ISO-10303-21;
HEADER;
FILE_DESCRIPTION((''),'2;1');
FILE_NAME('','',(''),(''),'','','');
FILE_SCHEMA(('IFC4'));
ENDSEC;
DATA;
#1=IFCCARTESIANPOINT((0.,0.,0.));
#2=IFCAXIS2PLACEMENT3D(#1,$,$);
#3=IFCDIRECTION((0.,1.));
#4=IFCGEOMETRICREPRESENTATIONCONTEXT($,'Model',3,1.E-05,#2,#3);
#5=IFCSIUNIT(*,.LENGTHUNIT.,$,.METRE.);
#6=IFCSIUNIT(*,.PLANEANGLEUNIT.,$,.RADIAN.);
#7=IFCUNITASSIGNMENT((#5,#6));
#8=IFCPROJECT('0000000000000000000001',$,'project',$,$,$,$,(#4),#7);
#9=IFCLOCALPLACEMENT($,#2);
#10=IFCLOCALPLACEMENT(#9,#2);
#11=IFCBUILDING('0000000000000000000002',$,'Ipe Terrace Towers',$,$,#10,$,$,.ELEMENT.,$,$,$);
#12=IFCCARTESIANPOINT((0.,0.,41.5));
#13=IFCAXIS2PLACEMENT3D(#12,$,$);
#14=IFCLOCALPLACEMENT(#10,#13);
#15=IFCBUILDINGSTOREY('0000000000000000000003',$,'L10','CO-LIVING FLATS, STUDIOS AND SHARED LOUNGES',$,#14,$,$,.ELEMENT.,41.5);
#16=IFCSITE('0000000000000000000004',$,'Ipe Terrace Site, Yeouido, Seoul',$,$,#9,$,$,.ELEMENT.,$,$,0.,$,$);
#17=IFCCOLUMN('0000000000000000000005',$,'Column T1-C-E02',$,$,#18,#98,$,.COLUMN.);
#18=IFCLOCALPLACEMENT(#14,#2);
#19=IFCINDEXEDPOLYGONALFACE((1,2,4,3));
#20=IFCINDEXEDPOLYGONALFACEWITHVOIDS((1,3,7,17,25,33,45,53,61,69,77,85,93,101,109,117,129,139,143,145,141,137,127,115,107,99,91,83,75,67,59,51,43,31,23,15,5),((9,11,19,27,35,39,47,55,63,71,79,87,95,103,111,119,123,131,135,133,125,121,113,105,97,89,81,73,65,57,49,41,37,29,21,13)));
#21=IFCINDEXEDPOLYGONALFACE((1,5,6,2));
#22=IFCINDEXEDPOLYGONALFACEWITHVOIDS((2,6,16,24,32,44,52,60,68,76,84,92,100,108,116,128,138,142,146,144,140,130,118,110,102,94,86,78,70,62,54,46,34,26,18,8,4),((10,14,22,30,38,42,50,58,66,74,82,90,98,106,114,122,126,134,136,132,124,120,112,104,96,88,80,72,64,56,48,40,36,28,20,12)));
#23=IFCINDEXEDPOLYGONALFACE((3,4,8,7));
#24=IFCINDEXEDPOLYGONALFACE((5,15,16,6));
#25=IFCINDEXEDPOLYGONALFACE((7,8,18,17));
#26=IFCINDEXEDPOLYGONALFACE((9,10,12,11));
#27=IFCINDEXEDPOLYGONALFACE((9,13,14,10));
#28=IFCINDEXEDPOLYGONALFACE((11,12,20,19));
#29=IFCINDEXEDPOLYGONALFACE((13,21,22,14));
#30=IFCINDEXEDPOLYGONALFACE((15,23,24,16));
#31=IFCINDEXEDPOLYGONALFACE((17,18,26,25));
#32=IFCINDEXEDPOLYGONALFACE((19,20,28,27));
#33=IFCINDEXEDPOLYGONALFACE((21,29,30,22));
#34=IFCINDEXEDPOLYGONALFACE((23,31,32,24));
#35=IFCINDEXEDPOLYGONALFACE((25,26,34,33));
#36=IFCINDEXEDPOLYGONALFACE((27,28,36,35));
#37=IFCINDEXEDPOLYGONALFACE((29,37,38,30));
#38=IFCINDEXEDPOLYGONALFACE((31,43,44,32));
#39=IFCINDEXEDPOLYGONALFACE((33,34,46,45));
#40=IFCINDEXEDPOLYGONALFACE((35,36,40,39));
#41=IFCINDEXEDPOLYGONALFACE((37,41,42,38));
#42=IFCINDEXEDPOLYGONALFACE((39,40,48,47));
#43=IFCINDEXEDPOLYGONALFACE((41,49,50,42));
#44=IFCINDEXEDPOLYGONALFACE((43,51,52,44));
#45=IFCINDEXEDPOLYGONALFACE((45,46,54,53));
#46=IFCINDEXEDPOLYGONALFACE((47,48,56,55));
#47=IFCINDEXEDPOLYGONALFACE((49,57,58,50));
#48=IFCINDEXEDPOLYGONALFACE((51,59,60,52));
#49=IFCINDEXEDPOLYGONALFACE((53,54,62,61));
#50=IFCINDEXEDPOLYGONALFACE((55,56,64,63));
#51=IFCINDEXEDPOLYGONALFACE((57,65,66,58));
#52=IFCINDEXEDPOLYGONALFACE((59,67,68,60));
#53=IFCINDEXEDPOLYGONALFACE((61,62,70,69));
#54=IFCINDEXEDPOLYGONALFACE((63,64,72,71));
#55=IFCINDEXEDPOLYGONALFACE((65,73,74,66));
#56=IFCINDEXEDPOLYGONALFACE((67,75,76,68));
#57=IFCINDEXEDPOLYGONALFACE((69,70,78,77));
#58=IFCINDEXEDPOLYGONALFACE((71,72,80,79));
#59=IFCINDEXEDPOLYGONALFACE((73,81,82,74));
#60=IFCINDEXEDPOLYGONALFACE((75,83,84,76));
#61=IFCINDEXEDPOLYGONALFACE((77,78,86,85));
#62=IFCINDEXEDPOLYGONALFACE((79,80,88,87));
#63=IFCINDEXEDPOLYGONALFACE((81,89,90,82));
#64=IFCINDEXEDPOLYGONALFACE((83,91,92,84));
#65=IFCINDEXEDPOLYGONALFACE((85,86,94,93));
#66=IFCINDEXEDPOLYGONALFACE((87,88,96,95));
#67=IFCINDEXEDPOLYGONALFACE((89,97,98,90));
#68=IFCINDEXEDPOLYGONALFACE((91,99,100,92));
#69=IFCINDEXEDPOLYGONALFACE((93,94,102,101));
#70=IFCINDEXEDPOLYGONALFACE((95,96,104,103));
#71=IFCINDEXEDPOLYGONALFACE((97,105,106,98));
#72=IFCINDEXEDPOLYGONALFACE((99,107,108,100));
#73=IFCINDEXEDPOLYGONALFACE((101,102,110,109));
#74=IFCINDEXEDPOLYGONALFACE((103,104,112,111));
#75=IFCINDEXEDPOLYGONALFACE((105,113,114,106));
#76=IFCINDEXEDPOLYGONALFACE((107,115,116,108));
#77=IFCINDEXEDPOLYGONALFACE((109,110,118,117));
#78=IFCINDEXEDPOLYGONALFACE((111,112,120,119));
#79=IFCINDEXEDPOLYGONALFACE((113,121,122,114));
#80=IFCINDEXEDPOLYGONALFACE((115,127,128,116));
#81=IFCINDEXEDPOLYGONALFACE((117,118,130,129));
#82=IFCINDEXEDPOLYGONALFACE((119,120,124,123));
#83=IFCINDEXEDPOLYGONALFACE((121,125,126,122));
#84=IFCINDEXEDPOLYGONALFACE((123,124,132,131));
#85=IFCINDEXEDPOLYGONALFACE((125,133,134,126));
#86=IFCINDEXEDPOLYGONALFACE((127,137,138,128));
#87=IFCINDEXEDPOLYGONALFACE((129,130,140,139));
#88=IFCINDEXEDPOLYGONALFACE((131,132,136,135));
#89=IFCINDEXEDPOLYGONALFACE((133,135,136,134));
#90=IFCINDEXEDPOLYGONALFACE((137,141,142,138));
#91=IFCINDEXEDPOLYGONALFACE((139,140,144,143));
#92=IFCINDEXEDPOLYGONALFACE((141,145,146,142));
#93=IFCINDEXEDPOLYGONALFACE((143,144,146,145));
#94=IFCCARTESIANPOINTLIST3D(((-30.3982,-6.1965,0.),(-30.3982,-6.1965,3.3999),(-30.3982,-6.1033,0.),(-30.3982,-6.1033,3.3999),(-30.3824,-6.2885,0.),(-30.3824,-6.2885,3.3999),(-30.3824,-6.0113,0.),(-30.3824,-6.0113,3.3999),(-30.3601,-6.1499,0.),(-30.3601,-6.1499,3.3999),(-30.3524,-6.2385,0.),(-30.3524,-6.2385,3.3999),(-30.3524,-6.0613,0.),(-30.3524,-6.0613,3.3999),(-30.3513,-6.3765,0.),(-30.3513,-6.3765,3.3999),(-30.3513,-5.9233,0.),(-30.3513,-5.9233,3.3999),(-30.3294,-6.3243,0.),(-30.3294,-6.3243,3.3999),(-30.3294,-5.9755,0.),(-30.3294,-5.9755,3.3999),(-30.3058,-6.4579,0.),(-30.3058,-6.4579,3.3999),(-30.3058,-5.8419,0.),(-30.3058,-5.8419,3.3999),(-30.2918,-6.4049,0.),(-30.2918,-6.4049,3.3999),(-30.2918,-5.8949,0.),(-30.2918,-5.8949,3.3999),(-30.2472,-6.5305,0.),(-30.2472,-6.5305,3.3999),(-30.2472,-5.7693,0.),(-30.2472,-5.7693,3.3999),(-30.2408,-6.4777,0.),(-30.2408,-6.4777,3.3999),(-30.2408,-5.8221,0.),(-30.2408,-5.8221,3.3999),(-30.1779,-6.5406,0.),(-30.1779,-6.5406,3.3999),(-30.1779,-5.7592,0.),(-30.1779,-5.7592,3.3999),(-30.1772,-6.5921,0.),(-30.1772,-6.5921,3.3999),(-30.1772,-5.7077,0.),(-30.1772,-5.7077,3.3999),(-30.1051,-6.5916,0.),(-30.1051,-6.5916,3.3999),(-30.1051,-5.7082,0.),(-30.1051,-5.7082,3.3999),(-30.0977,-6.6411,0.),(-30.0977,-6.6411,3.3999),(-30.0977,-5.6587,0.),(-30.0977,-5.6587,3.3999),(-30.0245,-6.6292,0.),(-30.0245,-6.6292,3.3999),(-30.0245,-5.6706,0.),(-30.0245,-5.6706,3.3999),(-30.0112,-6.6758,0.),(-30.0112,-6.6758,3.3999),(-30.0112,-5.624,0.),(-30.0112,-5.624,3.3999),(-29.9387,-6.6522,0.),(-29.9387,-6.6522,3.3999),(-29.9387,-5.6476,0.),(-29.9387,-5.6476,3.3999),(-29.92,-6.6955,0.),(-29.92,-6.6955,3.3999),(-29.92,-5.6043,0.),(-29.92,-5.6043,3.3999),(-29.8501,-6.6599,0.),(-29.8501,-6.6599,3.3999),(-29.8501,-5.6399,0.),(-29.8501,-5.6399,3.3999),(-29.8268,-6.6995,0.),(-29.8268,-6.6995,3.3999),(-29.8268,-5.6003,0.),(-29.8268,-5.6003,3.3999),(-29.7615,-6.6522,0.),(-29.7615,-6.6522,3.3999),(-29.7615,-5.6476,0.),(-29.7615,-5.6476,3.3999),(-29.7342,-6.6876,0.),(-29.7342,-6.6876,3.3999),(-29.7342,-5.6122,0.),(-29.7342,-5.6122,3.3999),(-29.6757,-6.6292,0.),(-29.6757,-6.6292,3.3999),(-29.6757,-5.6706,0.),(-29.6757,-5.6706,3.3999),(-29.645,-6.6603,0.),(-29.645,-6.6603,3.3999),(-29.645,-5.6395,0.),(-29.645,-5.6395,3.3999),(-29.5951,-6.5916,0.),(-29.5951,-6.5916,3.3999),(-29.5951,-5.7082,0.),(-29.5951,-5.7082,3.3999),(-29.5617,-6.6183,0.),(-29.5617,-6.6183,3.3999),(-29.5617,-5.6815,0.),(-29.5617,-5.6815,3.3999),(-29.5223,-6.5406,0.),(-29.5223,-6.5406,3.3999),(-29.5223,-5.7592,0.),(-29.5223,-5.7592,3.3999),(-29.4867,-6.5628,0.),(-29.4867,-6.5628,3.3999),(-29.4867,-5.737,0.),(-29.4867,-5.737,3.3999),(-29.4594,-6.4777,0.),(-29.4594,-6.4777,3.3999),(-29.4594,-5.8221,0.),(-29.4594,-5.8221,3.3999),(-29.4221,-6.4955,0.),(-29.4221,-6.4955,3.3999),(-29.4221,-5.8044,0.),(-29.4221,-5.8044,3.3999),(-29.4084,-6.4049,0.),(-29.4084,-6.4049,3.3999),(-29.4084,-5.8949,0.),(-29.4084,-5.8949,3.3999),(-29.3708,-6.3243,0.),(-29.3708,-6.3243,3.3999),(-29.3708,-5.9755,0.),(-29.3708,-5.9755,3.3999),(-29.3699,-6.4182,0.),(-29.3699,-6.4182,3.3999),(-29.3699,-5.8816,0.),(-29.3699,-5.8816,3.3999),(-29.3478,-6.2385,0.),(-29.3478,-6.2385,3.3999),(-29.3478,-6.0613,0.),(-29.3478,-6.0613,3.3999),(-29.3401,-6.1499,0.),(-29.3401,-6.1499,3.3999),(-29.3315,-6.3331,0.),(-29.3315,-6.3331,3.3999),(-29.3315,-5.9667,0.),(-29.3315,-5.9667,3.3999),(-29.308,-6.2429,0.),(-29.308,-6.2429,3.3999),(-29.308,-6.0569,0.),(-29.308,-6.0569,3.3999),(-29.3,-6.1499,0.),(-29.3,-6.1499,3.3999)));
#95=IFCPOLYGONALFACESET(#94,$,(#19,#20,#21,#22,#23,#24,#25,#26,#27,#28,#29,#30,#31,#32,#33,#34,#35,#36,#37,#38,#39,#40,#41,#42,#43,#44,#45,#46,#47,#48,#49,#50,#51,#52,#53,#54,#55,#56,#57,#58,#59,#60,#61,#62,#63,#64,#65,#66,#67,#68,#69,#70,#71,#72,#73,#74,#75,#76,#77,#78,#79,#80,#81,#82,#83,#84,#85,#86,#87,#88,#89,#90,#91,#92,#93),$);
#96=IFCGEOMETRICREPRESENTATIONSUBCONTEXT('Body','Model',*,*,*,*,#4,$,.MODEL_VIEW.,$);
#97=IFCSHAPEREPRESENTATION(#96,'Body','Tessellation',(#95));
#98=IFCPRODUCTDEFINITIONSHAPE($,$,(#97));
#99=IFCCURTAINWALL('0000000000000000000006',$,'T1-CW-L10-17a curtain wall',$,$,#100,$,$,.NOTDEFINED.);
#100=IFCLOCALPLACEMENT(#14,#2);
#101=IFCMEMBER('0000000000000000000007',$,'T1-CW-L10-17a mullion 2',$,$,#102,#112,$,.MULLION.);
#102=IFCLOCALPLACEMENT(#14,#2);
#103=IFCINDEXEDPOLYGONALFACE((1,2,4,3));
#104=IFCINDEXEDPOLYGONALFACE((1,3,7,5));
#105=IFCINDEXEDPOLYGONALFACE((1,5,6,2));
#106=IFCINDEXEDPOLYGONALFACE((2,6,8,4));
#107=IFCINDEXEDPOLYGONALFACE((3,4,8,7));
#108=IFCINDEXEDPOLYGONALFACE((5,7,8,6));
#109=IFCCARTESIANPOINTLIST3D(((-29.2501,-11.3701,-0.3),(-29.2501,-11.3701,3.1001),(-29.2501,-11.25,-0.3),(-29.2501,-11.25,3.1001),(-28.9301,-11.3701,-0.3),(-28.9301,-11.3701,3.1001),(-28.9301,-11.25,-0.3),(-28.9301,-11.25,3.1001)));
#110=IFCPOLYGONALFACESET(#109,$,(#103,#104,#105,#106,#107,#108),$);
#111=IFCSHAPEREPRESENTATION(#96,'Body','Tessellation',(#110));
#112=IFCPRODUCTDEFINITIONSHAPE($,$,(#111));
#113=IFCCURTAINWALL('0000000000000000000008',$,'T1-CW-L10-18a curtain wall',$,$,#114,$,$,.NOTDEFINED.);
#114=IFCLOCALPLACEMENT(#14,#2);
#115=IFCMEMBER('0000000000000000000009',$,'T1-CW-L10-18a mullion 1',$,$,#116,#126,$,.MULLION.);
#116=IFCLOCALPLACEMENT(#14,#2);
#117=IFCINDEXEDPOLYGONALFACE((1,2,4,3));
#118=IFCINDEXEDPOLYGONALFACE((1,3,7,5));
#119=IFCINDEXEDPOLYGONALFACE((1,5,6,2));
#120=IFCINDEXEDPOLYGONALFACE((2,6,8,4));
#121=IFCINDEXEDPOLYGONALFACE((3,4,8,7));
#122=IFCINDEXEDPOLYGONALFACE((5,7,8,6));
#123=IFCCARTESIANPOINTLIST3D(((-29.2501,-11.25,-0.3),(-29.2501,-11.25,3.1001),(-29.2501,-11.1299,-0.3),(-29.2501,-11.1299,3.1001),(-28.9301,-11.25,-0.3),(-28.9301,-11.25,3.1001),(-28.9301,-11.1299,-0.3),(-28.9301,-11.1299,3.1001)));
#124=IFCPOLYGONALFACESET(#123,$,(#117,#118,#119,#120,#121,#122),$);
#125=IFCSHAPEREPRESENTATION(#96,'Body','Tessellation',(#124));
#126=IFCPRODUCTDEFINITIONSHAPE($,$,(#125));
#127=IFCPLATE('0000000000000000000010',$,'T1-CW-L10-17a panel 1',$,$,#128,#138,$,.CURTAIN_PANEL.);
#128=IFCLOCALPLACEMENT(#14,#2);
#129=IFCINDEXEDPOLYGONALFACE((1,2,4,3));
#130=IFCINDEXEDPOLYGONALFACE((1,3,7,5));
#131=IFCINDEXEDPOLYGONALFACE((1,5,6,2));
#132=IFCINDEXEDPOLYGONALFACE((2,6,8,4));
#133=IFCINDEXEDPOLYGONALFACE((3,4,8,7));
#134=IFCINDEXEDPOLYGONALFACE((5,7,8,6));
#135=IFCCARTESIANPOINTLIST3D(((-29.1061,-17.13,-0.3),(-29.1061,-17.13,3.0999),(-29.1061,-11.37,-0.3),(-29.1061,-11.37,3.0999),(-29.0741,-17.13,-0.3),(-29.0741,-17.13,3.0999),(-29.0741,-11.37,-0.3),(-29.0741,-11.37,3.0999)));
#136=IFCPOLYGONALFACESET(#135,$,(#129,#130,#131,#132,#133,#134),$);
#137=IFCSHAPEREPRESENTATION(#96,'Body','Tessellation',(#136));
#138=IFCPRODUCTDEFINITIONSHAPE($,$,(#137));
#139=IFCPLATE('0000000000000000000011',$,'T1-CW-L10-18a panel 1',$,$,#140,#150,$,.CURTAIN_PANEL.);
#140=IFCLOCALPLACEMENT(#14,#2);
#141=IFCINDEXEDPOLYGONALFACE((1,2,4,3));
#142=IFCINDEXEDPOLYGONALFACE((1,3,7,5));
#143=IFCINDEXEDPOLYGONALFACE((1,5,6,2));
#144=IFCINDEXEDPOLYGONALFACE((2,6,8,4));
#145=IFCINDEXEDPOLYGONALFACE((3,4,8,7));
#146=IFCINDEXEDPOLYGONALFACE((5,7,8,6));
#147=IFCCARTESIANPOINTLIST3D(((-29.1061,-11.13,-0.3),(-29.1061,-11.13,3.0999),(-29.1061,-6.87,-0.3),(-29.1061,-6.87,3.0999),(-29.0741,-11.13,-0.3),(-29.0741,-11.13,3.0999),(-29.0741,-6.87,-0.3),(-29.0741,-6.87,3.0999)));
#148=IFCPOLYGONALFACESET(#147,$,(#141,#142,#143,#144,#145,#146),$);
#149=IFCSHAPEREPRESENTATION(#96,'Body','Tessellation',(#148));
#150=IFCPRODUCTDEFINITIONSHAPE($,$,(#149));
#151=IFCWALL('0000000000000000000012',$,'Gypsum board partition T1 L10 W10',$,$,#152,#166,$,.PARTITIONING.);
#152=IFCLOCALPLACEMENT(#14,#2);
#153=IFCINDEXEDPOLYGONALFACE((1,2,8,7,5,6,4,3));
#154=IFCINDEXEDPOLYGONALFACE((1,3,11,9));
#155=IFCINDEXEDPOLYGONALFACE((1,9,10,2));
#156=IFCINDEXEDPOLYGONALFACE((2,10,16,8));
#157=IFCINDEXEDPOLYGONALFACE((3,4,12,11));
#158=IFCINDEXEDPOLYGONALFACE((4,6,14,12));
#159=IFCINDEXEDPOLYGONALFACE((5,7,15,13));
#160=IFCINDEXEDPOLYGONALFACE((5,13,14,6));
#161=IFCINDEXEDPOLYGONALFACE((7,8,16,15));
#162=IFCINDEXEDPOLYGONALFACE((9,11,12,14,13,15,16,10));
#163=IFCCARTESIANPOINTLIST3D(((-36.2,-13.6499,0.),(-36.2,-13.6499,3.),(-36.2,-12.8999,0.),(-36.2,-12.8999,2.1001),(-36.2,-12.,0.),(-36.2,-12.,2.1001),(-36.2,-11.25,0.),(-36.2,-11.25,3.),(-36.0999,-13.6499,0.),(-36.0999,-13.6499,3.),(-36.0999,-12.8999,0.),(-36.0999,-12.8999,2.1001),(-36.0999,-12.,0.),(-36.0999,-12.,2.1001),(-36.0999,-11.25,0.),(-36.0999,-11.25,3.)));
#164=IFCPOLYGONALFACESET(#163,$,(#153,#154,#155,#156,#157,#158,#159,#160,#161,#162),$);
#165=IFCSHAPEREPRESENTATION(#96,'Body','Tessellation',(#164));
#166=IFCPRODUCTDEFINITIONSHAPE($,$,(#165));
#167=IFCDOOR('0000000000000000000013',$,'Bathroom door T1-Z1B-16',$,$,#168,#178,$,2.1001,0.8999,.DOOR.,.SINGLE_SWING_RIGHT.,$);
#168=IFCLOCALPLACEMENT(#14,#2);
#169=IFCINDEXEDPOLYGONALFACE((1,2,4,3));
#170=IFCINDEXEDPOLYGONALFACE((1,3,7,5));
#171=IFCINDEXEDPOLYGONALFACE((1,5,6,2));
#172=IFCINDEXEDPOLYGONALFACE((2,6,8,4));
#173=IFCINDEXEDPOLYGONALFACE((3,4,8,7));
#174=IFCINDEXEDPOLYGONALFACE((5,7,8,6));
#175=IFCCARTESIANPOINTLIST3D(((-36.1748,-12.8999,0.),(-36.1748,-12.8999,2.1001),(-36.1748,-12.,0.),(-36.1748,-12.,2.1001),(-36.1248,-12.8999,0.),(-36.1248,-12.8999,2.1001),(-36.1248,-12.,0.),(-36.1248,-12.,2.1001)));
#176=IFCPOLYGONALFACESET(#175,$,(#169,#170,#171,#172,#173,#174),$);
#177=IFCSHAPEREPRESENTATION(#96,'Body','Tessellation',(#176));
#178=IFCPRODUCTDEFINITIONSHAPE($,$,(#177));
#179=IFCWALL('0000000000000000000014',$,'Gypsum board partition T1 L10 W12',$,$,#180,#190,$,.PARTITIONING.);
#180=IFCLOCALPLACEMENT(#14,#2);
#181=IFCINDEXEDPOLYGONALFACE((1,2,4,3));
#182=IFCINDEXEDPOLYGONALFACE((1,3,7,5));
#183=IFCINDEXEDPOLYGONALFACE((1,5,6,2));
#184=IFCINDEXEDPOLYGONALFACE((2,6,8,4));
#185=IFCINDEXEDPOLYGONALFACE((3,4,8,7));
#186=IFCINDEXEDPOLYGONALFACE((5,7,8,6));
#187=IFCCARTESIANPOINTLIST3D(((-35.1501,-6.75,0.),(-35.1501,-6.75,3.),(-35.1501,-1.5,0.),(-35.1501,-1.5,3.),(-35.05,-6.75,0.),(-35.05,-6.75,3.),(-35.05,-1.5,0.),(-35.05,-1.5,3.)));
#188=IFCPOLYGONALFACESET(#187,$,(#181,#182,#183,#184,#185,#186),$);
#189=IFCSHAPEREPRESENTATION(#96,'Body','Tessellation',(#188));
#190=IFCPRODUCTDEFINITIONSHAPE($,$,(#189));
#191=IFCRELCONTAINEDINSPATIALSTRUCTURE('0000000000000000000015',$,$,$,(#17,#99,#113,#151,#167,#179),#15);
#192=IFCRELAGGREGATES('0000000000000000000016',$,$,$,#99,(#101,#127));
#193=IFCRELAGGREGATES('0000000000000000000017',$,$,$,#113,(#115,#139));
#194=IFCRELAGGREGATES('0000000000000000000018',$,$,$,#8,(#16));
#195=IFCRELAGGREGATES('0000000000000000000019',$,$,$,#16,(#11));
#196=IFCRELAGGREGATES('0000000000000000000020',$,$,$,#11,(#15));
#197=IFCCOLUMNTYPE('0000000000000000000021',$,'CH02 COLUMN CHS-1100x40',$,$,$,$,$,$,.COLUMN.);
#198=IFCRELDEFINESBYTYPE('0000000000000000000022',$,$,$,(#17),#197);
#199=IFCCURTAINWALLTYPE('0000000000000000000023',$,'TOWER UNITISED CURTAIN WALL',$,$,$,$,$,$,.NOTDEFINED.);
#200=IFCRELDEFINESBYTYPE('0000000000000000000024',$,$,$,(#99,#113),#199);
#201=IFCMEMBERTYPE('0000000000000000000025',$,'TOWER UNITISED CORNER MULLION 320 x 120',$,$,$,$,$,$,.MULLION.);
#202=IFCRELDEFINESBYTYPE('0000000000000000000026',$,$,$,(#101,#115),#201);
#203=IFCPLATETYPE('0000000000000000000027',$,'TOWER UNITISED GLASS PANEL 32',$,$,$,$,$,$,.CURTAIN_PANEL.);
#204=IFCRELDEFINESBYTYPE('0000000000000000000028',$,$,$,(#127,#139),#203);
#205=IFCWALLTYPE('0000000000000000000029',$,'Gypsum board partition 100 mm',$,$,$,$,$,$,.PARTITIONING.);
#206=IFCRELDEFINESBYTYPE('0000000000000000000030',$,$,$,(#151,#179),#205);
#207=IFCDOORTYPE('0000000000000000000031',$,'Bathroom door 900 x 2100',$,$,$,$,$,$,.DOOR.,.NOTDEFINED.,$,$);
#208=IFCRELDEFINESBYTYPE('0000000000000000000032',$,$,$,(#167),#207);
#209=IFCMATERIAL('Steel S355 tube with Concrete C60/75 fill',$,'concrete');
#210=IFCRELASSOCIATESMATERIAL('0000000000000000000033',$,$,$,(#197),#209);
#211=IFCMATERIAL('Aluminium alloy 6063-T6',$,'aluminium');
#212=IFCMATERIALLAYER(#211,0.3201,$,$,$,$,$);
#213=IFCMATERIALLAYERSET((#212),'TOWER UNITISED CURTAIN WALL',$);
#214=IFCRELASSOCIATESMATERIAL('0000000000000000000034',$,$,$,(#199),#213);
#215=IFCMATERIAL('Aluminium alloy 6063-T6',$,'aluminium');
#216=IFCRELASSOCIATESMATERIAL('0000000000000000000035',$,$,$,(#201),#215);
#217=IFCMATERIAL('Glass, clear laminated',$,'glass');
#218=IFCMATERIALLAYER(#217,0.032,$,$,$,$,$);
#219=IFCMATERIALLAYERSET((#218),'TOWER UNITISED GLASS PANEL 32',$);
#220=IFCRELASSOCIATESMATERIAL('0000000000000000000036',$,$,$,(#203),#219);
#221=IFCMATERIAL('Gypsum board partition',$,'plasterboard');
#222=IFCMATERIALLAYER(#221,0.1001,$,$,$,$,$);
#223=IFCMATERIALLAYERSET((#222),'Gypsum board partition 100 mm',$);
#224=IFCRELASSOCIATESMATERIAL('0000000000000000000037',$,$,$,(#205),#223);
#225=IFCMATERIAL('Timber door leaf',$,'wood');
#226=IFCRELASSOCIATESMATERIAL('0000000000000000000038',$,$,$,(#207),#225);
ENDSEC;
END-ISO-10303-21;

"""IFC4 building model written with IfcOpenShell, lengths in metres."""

from ifc_helpers import new_model, si_unit, direction, frame, frame_2d, origin, origin_2d, place, context, subcontext, project, spatial, rectangle, hollow_circle, extrude, material, layer, layer_set, material_profile, profile_set, type_object, element, fill, aggregate, save


model = new_model("IFC4")

# Units and contexts
model_context = context("Model", 3, precision=1e-05, world=origin(), true_north=direction((0.0, 1.0)))
body_context = subcontext(model_context, "Body", "Model", "MODEL_VIEW")
ifc_project = project(units=[si_unit("LENGTHUNIT", "METRE"), si_unit("PLANEANGLEUNIT", "RADIAN")], contexts=[model_context])

# Site, building, storey
site_placement = place(None, origin())
site = spatial("IfcSite", under=ifc_project, at=site_placement, Name="Ipe Terrace Site, Yeouido, Seoul", CompositionType="ELEMENT", RefElevation=0.0)
building_placement = place(site_placement, origin())
building = spatial("IfcBuilding", under=site, at=building_placement, Name="Ipe Terrace Towers", CompositionType="ELEMENT")
storey_placement = place(building_placement, frame((0.0, 0.0, 41.5)))
storey = spatial("IfcBuildingStorey", under=building, at=storey_placement, Name="L10", Description="CO-LIVING FLATS, STUDIOS AND SHARED LOUNGES", CompositionType="ELEMENT", Elevation=41.5)

# Column
ifc_material_1 = material(Name="Steel S355 tube with Concrete C60/75 fill", Category="concrete")
ifc_material_profile_1 = material_profile(ifc_material_1, hollow_circle(Radius=0.55, WallThickness=0.04, at=origin_2d()), Name="CHS-1100x40")
ifc_profile_set_1 = profile_set([ifc_material_profile_1], Name="Steel S355 tube with Concrete C60/75 fill")
column_type = type_object("IfcColumnType", Name="CH02 COLUMN CHS-1100x40", PredefinedType="COLUMN", material=ifc_profile_set_1)
column_placement = place(storey_placement, frame((-29.8501, -6.1499, 0.0), z_axis=(0.0, 0.0, 1.0), x_axis=(1.0, 0.0, 0.0)))
element("IfcColumn", 1, at=column_placement, inside=storey, type_object=column_type, Name="Column T1-C-E02", PredefinedType="COLUMN", context=body_context, shape_type="SweptSolid", body=[
    extrude(hollow_circle(Radius=0.55, WallThickness=0.04, at=origin_2d()), origin(), (0.0, 0.0, 1.0), 3.3999),
])

# Curtain walls, members
ifc_material_2 = material(Name="Aluminium alloy 6063-T6", Category="aluminium")
ifc_layer_1 = layer(ifc_material_2, 0.3201)
ifc_layer_set_1 = layer_set([ifc_layer_1], Name="TOWER UNITISED CURTAIN WALL")
curtain_wall_type = type_object("IfcCurtainWallType", Name="TOWER UNITISED CURTAIN WALL", PredefinedType="NOTDEFINED", material=ifc_layer_set_1)
curtain_wall_1_placement = place(storey_placement, origin())
curtain_wall_1 = element("IfcCurtainWall", 2, at=curtain_wall_1_placement, inside=storey, type_object=curtain_wall_type, Name="T1-CW-L10-17a curtain wall", PredefinedType="NOTDEFINED")
ifc_material_3 = material(Name="Aluminium alloy 6063-T6", Category="aluminium")
ifc_material_profile_2 = material_profile(ifc_material_3, rectangle(XDim=0.3201, YDim=0.1201, at=origin_2d()), Name="TOWER UNITISED CORNER MULLION 320 x 120")
ifc_profile_set_2 = profile_set([ifc_material_profile_2], Name="Aluminium alloy 6063-T6")
member_type = type_object("IfcMemberType", Name="TOWER UNITISED CORNER MULLION 320 x 120", PredefinedType="MULLION", material=ifc_profile_set_2)
member_1_placement = place(storey_placement, frame((-29.0901, -11.3101, -0.3), z_axis=(0.0, 0.0, 1.0), x_axis=(1.0, 0.0, 0.0)))
member_1 = element("IfcMember", 3, at=member_1_placement, type_object=member_type, Name="T1-CW-L10-17a mullion 2", PredefinedType="MULLION", context=body_context, shape_type="SweptSolid", body=[
    extrude(rectangle(XDim=0.3201, YDim=0.1201, at=origin_2d()), origin(), (0.0, 0.0, 1.0), 3.4001),
])
curtain_wall_2_placement = place(storey_placement, origin())
curtain_wall_2 = element("IfcCurtainWall", 4, at=curtain_wall_2_placement, inside=storey, type_object=curtain_wall_type, Name="T1-CW-L10-18a curtain wall", PredefinedType="NOTDEFINED")
member_2_placement = place(storey_placement, frame((-29.0901, -11.1899, -0.3), z_axis=(0.0, 0.0, 1.0), x_axis=(1.0, 0.0, 0.0)))
member_2 = element("IfcMember", 5, at=member_2_placement, type_object=member_type, Name="T1-CW-L10-18a mullion 1", PredefinedType="MULLION", context=body_context, shape_type="SweptSolid", body=[
    extrude(rectangle(XDim=0.3201, YDim=0.1201, at=origin_2d()), origin(), (0.0, 0.0, 1.0), 3.4001),
])

# Plates
ifc_material_4 = material(Name="Glass, clear laminated", Category="glass")
ifc_layer_2 = layer(ifc_material_4, 0.032)
ifc_layer_set_2 = layer_set([ifc_layer_2], Name="TOWER UNITISED GLASS PANEL 32")
plate_type = type_object("IfcPlateType", Name="TOWER UNITISED GLASS PANEL 32", PredefinedType="CURTAIN_PANEL", material=ifc_layer_set_2)
plate_1_placement = place(storey_placement, frame((-29.0901, -14.25, -0.3), z_axis=(0.0, 0.0, 1.0), x_axis=(0.0, 1.0, 0.0)))
plate_1 = element("IfcPlate", 6, at=plate_1_placement, type_object=plate_type, Name="T1-CW-L10-17a panel 1", PredefinedType="CURTAIN_PANEL", context=body_context, shape_type="SweptSolid", body=[
    extrude(rectangle(XDim=5.76, YDim=0.032, at=origin_2d()), origin(), (0.0, 0.0, 1.0), 3.3999),
])
aggregate(curtain_wall_1, [member_1, plate_1])
plate_2_placement = place(storey_placement, frame((-29.0901, -9.0, -0.3), z_axis=(0.0, 0.0, 1.0), x_axis=(0.0, 1.0, 0.0)))
plate_2 = element("IfcPlate", 7, at=plate_2_placement, type_object=plate_type, Name="T1-CW-L10-18a panel 1", PredefinedType="CURTAIN_PANEL", context=body_context, shape_type="SweptSolid", body=[
    extrude(rectangle(XDim=4.26, YDim=0.032, at=origin_2d()), origin(), (0.0, 0.0, 1.0), 3.3999),
])
aggregate(curtain_wall_2, [member_2, plate_2])

# Wall, opening, door
ifc_material_5 = material(Name="Gypsum board partition", Category="plasterboard")
ifc_layer_3 = layer(ifc_material_5, 0.1001)
ifc_layer_set_3 = layer_set([ifc_layer_3], Name="Gypsum board partition 100 mm")
wall_type = type_object("IfcWallType", Name="Gypsum board partition 100 mm", PredefinedType="PARTITIONING", material=ifc_layer_set_3)
wall_1_placement = place(storey_placement, frame((-36.1499, -13.6499, 0.0), z_axis=(0.0, 0.0, 1.0), x_axis=(0.0, 1.0, 0.0)))
wall_1 = element("IfcWall", 8, at=wall_1_placement, inside=storey, type_object=wall_type, Name="Gypsum board partition T1 L10 W10", PredefinedType="PARTITIONING", context=body_context, shape_type="SweptSolid", body=[
    extrude(rectangle(XDim=2.3999, YDim=0.1001, at=frame_2d((1.2, 0.0))), origin(), (0.0, 0.0, 1.0), 3.0),
])
opening_1_placement = place(wall_1_placement, frame((0.75, 0.0, 0.0)))
opening_1 = element("IfcOpeningElement", 9, at=opening_1_placement, cuts=wall_1, PredefinedType="OPENING", context=body_context, shape_type="SweptSolid", body=[
    extrude(rectangle(XDim=0.8999, YDim=2.1001, at=frame_2d((0.45, 1.05))), frame((0.0, 0.0601, 0.0), z_axis=(0.0, -1.0, 0.0), x_axis=(1.0, 0.0, 0.0)), (0.0, 0.0, 1.0), 0.1201),
])
ifc_material_6 = material(Name="Timber door leaf", Category="wood")
door_type_1 = type_object("IfcDoorType", Name="Bathroom door 900 x 2100", OperationType="NOTDEFINED", PredefinedType="DOOR", material=ifc_material_6)
door_1_placement = place(opening_1_placement, origin())
door_1 = element("IfcDoor", 10, at=door_1_placement, inside=storey, type_object=door_type_1, Name="Bathroom door T1-Z1B-16", OperationType="SINGLE_SWING_RIGHT", OverallHeight=2.1001, OverallWidth=0.8999, PredefinedType="DOOR", context=body_context, shape_type="SweptSolid", body=[
    extrude(rectangle(XDim=0.8999, YDim=2.1001, at=frame_2d((0.45, 1.05))), frame((0.0, 0.0249, 0.0), z_axis=(0.0, -1.0, 0.0), x_axis=(1.0, 0.0, 0.0)), (0.0, 0.0, 1.0), 0.05),
])
fill(opening_1, door_1)

# Wall
wall_2_placement = place(storey_placement, frame((-35.1001, -6.75, 0.0), z_axis=(0.0, 0.0, 1.0), x_axis=(0.0, 1.0, 0.0)))
element("IfcWall", 11, at=wall_2_placement, inside=storey, type_object=wall_type, Name="Gypsum board partition T1 L10 W12", PredefinedType="PARTITIONING", context=body_context, shape_type="SweptSolid", body=[
    extrude(rectangle(XDim=5.25, YDim=0.1001, at=frame_2d((2.625, 0.0))), origin(), (0.0, 0.0, 1.0), 3.0),
])

save(model, "model.ifc")
